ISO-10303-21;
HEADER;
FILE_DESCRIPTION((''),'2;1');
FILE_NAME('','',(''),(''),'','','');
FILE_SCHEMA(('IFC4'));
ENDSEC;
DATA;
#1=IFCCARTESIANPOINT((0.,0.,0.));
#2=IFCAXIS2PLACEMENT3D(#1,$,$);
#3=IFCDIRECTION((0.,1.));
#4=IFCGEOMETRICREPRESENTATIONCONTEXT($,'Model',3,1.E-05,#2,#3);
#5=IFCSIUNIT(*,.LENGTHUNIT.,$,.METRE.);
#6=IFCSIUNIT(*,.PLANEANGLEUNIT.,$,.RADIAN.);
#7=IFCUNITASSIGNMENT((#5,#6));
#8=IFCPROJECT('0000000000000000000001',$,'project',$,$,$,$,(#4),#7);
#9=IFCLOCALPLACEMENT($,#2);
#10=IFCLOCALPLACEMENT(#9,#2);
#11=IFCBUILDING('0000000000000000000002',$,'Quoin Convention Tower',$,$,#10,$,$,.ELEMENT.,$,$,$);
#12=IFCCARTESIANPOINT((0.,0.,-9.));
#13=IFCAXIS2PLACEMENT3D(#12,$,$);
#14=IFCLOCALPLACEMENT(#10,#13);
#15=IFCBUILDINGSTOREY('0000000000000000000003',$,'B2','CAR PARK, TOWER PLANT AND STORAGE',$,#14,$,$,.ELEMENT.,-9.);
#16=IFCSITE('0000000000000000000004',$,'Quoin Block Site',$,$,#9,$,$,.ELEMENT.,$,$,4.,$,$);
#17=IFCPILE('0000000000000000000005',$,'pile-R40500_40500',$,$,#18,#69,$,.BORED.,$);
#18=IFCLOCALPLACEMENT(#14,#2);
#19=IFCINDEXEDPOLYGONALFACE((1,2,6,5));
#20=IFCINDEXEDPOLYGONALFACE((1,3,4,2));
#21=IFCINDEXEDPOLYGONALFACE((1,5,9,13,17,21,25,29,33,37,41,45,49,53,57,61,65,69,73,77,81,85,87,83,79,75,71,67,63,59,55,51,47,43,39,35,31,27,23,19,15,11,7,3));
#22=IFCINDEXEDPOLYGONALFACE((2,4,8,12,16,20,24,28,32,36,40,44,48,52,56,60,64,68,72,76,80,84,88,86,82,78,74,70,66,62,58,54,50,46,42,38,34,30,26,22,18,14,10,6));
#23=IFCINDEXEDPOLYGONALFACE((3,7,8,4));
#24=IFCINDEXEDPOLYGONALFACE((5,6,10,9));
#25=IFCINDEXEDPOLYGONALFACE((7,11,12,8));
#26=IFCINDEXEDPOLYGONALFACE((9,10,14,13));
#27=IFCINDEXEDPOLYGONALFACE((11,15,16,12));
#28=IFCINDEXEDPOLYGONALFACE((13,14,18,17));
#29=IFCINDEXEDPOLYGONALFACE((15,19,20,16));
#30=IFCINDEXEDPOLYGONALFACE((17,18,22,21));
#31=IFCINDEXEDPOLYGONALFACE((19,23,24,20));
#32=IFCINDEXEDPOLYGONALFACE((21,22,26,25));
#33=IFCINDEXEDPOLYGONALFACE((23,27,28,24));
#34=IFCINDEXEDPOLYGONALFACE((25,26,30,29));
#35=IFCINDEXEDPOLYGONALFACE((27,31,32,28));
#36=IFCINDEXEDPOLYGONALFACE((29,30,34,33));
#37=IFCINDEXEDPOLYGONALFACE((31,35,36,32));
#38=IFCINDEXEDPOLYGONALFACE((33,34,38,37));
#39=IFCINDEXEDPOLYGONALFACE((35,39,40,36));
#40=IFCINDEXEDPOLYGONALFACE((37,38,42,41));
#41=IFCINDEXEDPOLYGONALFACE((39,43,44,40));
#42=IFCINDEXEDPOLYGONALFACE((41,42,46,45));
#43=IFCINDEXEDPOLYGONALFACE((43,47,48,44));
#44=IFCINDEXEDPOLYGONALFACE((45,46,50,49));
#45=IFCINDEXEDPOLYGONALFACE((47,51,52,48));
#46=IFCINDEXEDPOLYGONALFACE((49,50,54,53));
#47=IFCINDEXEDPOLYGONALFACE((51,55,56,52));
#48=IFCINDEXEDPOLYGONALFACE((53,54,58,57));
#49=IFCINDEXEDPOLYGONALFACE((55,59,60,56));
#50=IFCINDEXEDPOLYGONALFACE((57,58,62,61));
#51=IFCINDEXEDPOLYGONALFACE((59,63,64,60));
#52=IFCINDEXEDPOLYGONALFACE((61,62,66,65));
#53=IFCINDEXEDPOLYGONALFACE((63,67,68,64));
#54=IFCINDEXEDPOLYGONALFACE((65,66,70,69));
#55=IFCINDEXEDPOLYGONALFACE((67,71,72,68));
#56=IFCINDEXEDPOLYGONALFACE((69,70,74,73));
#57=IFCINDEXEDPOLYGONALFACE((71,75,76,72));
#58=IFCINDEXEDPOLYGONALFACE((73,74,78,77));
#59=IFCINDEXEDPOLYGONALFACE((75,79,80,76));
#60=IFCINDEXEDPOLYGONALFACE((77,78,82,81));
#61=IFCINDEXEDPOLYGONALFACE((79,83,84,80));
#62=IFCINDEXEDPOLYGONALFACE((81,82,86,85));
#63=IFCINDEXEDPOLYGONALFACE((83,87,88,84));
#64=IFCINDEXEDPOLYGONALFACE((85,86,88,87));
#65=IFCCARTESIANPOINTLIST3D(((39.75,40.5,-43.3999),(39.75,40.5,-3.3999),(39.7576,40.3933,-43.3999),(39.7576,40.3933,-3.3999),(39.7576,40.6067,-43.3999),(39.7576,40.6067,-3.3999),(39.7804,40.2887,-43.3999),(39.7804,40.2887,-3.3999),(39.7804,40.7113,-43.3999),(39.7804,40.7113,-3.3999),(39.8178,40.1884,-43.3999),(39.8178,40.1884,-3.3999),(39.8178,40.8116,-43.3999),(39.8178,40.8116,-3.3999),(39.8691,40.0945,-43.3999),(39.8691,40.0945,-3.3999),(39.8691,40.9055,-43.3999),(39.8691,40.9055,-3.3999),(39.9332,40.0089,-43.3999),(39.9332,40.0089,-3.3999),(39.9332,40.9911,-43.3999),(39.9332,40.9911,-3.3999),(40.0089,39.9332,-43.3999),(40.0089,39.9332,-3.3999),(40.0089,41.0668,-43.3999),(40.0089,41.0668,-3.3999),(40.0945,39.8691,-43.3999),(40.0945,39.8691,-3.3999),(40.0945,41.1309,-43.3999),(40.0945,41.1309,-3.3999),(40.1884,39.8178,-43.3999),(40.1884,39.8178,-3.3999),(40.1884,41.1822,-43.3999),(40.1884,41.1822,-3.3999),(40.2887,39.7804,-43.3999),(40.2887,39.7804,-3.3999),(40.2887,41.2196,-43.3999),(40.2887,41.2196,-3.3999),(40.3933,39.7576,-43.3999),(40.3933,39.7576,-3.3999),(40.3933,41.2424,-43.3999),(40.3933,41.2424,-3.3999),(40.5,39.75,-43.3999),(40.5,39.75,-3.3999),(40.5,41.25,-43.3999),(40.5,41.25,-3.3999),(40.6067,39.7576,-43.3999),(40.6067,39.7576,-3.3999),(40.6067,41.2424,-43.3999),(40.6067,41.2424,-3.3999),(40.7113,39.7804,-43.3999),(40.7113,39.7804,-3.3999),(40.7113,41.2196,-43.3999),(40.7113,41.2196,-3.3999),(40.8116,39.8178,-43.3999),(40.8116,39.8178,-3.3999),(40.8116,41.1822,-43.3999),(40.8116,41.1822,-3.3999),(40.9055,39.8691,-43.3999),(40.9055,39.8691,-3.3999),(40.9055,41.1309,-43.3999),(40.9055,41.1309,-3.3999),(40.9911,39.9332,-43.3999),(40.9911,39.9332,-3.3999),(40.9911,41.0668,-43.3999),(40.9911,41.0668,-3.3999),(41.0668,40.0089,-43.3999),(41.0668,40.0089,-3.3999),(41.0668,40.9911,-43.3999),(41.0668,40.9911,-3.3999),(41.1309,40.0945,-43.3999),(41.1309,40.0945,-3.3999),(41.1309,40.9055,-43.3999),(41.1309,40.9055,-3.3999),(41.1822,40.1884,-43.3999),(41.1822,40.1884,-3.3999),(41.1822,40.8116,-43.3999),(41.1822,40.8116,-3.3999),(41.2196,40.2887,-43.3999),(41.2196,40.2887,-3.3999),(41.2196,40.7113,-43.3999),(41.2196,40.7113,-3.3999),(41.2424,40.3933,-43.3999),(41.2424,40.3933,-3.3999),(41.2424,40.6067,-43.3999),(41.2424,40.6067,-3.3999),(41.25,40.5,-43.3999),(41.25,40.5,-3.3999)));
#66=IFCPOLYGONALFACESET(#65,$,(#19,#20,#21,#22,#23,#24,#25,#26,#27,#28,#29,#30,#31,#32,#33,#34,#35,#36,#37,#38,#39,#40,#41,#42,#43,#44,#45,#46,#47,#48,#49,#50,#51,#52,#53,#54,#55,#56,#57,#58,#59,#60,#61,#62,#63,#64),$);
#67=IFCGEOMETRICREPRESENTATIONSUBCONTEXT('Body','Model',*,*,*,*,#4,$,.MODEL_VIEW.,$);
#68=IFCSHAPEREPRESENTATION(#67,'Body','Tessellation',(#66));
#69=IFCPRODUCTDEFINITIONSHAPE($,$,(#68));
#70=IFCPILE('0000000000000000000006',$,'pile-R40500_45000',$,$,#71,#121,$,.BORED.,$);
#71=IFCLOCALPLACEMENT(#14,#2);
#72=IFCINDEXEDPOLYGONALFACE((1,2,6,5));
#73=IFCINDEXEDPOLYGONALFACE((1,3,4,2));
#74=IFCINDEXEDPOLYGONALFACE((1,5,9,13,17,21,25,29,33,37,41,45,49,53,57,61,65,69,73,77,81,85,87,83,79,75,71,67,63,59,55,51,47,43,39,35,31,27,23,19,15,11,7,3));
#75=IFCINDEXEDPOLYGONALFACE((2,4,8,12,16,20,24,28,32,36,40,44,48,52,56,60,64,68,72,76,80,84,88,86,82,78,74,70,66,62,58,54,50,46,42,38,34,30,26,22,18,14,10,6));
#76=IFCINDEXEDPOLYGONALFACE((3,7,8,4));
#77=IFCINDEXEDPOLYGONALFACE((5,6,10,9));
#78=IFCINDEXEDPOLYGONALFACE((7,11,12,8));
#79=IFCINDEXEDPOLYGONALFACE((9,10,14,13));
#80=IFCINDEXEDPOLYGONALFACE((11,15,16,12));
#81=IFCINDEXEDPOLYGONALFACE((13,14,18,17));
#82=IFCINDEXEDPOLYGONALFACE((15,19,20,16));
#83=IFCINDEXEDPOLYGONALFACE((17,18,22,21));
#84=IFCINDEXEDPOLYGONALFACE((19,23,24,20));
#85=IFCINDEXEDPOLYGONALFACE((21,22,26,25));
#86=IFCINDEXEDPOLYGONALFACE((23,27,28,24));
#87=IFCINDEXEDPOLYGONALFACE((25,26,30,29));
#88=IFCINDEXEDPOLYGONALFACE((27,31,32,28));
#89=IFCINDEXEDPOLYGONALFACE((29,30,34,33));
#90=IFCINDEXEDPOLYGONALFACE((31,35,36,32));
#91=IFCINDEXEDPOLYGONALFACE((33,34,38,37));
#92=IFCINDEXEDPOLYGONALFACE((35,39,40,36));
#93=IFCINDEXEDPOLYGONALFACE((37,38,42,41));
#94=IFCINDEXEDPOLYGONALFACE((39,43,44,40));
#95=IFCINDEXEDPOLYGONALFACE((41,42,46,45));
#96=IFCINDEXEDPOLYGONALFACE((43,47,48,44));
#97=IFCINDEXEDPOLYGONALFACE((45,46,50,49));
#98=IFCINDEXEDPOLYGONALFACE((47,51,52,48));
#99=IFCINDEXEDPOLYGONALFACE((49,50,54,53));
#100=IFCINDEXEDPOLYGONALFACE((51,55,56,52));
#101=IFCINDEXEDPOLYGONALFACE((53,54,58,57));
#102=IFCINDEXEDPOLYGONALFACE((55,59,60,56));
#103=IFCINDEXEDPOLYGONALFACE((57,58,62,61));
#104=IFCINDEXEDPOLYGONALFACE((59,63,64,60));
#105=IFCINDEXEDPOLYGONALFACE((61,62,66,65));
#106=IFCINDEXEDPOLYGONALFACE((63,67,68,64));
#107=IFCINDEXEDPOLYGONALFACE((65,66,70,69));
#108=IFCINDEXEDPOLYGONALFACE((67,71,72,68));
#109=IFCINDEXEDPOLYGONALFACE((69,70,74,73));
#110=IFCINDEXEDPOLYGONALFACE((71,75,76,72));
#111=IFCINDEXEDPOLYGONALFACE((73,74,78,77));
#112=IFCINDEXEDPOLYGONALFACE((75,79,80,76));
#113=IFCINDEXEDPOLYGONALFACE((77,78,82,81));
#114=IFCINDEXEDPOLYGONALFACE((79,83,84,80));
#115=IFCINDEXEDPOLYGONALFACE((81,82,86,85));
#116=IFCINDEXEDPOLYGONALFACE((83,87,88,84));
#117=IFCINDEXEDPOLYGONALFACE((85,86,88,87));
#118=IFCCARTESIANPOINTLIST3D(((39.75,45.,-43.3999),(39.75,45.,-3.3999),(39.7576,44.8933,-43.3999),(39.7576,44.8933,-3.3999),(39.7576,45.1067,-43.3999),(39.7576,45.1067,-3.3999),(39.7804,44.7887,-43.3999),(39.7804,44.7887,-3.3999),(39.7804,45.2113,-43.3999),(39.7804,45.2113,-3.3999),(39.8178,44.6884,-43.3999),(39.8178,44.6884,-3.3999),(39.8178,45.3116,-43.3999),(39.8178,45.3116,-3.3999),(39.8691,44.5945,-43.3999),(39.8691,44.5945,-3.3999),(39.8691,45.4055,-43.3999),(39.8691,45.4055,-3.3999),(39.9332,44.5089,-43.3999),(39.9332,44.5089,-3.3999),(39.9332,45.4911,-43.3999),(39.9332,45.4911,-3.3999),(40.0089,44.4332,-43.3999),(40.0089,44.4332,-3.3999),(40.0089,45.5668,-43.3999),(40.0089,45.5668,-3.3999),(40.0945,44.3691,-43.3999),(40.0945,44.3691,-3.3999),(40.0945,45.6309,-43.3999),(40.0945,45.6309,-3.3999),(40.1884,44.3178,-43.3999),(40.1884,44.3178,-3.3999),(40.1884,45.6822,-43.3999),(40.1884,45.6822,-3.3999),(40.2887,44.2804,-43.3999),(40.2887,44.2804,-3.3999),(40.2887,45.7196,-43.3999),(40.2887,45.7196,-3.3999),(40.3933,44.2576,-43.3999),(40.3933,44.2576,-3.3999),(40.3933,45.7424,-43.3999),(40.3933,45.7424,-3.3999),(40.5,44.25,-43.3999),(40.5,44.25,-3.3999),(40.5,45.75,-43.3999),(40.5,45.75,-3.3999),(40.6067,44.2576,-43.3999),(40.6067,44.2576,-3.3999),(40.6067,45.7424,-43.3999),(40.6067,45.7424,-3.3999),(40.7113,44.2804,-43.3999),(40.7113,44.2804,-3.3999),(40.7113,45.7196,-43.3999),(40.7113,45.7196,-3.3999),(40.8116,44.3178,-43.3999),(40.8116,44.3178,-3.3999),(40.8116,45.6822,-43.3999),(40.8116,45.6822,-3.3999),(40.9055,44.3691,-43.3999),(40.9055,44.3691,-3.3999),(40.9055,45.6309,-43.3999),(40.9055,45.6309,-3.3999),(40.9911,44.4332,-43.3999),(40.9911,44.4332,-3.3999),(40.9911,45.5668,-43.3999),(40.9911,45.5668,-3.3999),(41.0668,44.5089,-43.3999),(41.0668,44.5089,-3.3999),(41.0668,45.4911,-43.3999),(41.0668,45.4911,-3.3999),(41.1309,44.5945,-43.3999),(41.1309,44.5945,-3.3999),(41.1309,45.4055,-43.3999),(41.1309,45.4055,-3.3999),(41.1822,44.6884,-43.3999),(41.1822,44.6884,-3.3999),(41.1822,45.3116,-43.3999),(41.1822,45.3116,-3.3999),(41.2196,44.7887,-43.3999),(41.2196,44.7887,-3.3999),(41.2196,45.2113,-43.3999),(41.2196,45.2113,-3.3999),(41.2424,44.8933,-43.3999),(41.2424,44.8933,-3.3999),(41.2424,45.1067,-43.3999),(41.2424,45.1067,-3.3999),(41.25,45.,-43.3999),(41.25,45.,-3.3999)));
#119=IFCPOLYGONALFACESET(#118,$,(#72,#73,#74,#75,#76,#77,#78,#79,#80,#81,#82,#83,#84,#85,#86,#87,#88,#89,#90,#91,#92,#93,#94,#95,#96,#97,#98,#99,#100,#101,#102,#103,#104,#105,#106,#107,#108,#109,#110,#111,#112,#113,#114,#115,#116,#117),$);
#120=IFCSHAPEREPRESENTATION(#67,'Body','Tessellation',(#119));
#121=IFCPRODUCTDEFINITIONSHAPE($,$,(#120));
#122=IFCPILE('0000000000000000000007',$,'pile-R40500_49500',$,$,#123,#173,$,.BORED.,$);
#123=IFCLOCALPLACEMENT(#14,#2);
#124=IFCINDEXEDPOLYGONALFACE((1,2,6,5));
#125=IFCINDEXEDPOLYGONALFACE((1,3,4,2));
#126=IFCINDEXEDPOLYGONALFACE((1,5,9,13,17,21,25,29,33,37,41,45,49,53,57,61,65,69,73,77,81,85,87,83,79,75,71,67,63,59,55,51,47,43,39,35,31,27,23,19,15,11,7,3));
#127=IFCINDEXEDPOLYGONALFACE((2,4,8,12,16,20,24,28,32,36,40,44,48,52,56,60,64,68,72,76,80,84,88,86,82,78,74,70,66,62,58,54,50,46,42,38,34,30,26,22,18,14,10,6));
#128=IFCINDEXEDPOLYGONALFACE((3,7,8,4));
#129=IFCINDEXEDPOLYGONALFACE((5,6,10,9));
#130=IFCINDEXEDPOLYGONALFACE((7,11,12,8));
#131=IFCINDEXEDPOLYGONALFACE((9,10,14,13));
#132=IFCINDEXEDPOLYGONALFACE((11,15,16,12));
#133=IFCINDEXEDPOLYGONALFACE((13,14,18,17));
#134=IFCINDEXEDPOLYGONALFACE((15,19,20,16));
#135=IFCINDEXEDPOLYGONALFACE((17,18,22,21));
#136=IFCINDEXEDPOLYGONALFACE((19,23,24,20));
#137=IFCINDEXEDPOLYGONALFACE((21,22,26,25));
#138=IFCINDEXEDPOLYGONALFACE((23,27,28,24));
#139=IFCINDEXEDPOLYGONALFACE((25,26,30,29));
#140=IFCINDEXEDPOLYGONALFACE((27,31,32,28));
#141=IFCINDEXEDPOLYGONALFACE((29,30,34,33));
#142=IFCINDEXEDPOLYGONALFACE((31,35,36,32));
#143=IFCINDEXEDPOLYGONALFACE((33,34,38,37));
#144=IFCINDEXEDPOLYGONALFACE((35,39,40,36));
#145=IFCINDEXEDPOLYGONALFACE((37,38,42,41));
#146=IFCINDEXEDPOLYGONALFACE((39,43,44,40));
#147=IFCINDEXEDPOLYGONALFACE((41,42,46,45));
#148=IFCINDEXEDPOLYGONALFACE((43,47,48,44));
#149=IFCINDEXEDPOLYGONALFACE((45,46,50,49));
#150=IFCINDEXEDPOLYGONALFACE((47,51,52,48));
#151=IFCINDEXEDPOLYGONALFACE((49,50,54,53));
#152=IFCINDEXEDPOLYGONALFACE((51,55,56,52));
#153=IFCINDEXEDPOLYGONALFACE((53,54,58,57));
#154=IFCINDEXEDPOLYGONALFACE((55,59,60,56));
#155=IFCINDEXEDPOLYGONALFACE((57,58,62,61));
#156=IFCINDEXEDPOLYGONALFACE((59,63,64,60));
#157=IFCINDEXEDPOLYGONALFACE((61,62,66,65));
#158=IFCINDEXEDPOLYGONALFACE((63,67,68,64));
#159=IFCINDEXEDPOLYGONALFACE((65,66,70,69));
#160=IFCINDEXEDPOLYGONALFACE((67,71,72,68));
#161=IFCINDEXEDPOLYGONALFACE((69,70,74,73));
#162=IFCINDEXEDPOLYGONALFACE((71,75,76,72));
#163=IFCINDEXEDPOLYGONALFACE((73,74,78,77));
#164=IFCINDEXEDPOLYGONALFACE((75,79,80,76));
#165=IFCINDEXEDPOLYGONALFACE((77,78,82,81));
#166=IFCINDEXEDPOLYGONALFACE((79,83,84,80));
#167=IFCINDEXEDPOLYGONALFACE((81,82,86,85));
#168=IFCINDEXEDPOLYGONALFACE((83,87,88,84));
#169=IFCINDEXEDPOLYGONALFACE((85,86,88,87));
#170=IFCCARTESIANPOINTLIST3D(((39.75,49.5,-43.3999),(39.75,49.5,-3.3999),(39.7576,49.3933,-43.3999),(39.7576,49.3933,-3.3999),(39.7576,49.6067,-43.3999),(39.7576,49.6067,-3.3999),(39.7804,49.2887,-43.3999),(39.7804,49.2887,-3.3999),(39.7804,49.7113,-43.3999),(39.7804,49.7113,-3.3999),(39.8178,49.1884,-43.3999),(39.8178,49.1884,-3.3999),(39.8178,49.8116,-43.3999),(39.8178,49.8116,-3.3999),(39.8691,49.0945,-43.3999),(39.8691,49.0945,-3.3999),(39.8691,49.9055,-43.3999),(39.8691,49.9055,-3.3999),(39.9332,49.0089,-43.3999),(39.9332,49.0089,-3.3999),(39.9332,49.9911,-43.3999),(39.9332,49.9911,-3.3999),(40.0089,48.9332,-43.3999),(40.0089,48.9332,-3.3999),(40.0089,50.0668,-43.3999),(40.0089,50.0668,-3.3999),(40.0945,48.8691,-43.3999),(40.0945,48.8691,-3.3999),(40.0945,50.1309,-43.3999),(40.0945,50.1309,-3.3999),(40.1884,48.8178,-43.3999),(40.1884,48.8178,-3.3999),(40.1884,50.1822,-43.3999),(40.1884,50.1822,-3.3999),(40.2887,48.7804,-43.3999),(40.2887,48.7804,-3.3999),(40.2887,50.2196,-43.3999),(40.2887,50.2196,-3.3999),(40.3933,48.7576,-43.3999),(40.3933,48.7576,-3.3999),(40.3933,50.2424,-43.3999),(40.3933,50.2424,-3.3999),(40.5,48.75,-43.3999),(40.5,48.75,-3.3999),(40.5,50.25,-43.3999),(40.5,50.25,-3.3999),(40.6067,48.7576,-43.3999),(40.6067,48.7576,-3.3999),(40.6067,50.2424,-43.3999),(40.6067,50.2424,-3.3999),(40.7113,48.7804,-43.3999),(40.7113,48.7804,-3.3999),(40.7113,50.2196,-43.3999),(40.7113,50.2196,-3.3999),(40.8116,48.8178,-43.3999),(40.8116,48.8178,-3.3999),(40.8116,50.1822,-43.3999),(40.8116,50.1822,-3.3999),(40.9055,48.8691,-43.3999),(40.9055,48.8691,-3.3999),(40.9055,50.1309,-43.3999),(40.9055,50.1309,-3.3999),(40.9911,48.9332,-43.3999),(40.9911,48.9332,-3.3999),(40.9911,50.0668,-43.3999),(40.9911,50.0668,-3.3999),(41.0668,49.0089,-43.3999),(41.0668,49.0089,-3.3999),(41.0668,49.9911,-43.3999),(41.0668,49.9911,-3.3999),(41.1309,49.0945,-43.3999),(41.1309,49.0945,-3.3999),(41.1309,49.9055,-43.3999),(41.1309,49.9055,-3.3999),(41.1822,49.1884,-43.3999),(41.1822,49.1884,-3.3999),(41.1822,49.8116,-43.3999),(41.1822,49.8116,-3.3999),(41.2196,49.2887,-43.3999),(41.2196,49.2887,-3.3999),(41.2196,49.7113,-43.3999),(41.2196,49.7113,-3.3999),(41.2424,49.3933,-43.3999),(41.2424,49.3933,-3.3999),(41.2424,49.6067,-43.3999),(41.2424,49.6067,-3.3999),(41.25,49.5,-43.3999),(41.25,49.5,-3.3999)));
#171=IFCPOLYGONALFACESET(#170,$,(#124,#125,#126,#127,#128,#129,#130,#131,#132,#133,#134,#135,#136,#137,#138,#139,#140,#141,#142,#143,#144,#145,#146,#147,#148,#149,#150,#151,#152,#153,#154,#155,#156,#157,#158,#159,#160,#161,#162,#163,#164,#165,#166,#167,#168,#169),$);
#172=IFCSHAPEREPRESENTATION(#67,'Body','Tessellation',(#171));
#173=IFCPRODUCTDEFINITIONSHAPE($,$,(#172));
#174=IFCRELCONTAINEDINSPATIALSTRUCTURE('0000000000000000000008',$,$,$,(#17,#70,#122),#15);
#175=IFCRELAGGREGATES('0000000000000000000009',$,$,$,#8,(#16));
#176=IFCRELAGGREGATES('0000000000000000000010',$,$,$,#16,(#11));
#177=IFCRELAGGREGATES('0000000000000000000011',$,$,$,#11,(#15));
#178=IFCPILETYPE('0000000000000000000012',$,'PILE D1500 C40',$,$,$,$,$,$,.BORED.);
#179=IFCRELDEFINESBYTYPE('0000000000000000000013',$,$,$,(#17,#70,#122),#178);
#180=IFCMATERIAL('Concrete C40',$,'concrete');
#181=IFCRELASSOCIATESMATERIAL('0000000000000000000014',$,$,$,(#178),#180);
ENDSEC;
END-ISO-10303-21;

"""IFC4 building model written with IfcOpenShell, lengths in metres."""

from ifc_helpers import new_model, si_unit, direction, frame, origin, origin_2d, place, context, subcontext, project, spatial, circle, extrude, material, material_profile, profile_set, type_object, element, save


model = new_model("IFC4")

# Units and contexts
model_context = context("Model", 3, precision=1e-05, world=origin(), true_north=direction((0.0, 1.0)))
body_context = subcontext(model_context, "Body", "Model", "MODEL_VIEW")
ifc_project = project(units=[si_unit("LENGTHUNIT", "METRE"), si_unit("PLANEANGLEUNIT", "RADIAN")], contexts=[model_context])

# Site, building, storey
site_placement = place(None, origin())
site = spatial("IfcSite", under=ifc_project, at=site_placement, Name="Quoin Block Site", CompositionType="ELEMENT", RefElevation=4.0)
building_placement = place(site_placement, origin())
building = spatial("IfcBuilding", under=site, at=building_placement, Name="Quoin Convention Tower", CompositionType="ELEMENT")
storey_placement = place(building_placement, frame((0.0, 0.0, -9.0)))
storey = spatial("IfcBuildingStorey", under=building, at=storey_placement, Name="B2", Description="CAR PARK, TOWER PLANT AND STORAGE", CompositionType="ELEMENT", Elevation=-9.0)

# Piles
ifc_material_1 = material(Name="Concrete C40", Category="concrete")
ifc_material_profile_1 = material_profile(ifc_material_1, circle(Radius=0.75, at=origin_2d()), Name="D1500")
ifc_profile_set_1 = profile_set([ifc_material_profile_1], Name="Concrete C40")
pile_type = type_object("IfcPileType", Name="PILE D1500 C40", PredefinedType="BORED", material=ifc_profile_set_1)
for number, where, z_axis, x_axis, name in (
    (1, (40.5, 40.5, -3.3999), (0.0, 0.0, -1.0), (1.0, 0.0, 0.0), "pile-R40500_40500"),
    (2, (40.5, 45.0, -3.3999), (0.0, 0.0, -1.0), (1.0, 0.0, 0.0), "pile-R40500_45000"),
    (3, (40.5, 49.5, -3.3999), (0.0, 0.0, -1.0), (1.0, 0.0, 0.0), "pile-R40500_49500"),
):
    element("IfcPile", number, at=place(storey_placement, frame(where, z_axis=z_axis, x_axis=x_axis)), inside=storey, type_object=pile_type, Name=name, PredefinedType="BORED", context=body_context, shape_type="SweptSolid", body=[
        extrude(circle(Radius=0.75, at=origin_2d()), origin(), (0.0, 0.0, 1.0), 40.0),
    ])

save(model, "model.ifc")
